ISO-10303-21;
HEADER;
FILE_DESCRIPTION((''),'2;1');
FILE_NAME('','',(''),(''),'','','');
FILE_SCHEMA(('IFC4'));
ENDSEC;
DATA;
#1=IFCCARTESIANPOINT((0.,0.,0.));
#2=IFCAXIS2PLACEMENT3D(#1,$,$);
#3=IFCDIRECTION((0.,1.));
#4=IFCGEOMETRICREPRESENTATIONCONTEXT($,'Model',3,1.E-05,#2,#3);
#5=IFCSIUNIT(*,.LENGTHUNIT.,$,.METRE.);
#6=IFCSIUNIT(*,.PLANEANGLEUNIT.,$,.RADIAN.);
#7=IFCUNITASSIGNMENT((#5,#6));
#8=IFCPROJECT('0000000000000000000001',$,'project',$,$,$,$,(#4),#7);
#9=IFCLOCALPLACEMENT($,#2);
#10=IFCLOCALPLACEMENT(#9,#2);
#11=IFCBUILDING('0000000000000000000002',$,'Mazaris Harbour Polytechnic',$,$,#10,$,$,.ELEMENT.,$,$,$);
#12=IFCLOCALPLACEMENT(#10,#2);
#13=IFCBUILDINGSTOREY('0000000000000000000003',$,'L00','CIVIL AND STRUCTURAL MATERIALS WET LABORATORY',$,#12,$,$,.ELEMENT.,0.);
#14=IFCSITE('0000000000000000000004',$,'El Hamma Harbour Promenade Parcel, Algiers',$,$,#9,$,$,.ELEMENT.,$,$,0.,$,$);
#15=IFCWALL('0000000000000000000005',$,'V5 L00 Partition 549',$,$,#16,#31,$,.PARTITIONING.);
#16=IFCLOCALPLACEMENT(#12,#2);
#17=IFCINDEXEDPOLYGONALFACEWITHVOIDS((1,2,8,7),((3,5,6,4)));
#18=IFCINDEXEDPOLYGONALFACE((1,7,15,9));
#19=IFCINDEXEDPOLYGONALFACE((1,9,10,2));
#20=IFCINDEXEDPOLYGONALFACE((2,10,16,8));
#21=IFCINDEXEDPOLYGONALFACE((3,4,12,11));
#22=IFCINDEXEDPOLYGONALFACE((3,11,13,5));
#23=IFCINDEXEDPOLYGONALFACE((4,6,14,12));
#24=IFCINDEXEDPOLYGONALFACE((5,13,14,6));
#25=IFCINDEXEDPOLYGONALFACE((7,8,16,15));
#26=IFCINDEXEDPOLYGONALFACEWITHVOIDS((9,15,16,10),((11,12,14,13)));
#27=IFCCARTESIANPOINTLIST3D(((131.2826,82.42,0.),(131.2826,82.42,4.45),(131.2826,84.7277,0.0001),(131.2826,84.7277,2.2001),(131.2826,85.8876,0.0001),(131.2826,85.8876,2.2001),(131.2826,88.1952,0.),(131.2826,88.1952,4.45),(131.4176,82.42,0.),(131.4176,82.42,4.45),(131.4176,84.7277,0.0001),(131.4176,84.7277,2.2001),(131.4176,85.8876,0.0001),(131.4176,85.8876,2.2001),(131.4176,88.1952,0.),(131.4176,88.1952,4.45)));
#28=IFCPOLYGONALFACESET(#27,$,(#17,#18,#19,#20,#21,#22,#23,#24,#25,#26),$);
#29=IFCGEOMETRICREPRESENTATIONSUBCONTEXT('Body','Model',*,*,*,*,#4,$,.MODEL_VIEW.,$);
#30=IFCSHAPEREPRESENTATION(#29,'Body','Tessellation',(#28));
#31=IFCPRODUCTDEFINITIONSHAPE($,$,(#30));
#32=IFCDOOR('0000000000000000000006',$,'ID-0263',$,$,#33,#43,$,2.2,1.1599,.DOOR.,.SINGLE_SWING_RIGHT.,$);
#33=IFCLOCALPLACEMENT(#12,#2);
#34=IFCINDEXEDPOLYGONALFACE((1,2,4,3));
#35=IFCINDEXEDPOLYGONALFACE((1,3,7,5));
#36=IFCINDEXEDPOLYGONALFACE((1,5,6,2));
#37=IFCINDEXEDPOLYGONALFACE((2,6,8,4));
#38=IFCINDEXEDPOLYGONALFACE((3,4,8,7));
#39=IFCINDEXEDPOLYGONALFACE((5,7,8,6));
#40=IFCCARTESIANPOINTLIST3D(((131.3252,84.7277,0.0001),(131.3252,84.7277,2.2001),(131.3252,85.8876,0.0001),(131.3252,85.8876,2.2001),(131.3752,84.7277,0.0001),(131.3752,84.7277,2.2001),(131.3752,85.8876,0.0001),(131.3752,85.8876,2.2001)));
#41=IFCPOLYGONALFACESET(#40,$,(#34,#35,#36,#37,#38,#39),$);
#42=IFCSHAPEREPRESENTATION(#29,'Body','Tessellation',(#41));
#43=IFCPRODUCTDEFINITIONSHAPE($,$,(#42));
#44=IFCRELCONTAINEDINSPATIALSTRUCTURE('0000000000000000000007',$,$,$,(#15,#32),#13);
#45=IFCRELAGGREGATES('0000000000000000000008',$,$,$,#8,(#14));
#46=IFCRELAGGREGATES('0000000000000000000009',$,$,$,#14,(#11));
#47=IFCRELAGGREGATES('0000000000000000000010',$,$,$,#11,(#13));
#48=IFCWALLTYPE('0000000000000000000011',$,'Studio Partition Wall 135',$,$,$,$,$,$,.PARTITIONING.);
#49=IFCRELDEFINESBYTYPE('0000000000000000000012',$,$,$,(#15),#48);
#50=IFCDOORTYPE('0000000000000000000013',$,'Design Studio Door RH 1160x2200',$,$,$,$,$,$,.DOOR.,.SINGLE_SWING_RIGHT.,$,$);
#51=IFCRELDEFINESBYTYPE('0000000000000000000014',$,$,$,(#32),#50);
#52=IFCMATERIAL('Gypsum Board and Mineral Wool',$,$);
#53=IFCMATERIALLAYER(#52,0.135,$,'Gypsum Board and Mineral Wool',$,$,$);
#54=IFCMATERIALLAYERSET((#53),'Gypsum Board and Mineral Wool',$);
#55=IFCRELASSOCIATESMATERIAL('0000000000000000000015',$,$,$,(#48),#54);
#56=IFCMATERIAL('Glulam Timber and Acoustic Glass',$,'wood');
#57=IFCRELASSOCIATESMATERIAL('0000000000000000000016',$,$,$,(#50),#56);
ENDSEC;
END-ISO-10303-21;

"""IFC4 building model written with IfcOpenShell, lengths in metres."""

from ifc_helpers import new_model, si_unit, direction, frame, frame_2d, origin, place, context, subcontext, project, spatial, rectangle, extrude, material, layer, layer_set, type_object, element, fill, save


model = new_model("IFC4")

# Units and contexts
model_context = context("Model", 3, precision=1e-05, world=origin(), true_north=direction((0.0, 1.0)))
body_context = subcontext(model_context, "Body", "Model", "MODEL_VIEW")
ifc_project = project(units=[si_unit("LENGTHUNIT", "METRE"), si_unit("PLANEANGLEUNIT", "RADIAN")], contexts=[model_context])

# Site, building, storey
site_placement = place(None, origin())
site = spatial("IfcSite", under=ifc_project, at=site_placement, Name="El Hamma Harbour Promenade Parcel, Algiers", CompositionType="ELEMENT", RefElevation=0.0)
building_placement = place(site_placement, origin())
building = spatial("IfcBuilding", under=site, at=building_placement, Name="Mazaris Harbour Polytechnic", CompositionType="ELEMENT")
storey_placement = place(building_placement, origin())
storey = spatial("IfcBuildingStorey", under=building, at=storey_placement, Name="L00", Description="CIVIL AND STRUCTURAL MATERIALS WET LABORATORY", CompositionType="ELEMENT", Elevation=0.0)

# Wall, opening, door
ifc_material_1 = material(Name="Gypsum Board and Mineral Wool")
ifc_layer_1 = layer(ifc_material_1, 0.135, Name="Gypsum Board and Mineral Wool")
ifc_layer_set_1 = layer_set([ifc_layer_1], Name="Gypsum Board and Mineral Wool")
wall_type_1 = type_object("IfcWallType", Name="Studio Partition Wall 135", PredefinedType="PARTITIONING", material=ifc_layer_set_1)
wall_1_placement = place(storey_placement, frame((131.3501, 82.4199, 0.0), z_axis=(0.0, 0.0, 1.0), x_axis=(0.0, 1.0, 0.0)))
wall_1 = element("IfcWall", 1, at=wall_1_placement, inside=storey, type_object=wall_type_1, Name="V5 L00 Partition 549", PredefinedType="PARTITIONING", context=body_context, shape_type="SweptSolid", body=[
    extrude(rectangle(XDim=5.7751, YDim=0.135, at=frame_2d((2.8877, 0.0))), origin(), (0.0, 0.0, 1.0), 4.45),
])
opening_1_placement = place(wall_1_placement, frame((2.3076, 0.0, 0.0)))
opening_1 = element("IfcOpeningElement", 2, at=opening_1_placement, cuts=wall_1, PredefinedType="OPENING", context=body_context, shape_type="SweptSolid", body=[
    extrude(rectangle(XDim=1.1599, YDim=2.2, at=frame_2d((0.5801, 1.1001))), frame((0.0, 0.0774, 0.0), z_axis=(0.0, -1.0, 0.0), x_axis=(1.0, 0.0, 0.0)), (0.0, 0.0, 1.0), 0.155),
])
ifc_material_2 = material(Name="Glulam Timber and Acoustic Glass", Category="wood")
door_type_1 = type_object("IfcDoorType", Name="Design Studio Door RH 1160x2200", OperationType="SINGLE_SWING_RIGHT", PredefinedType="DOOR", material=ifc_material_2)
door_1_placement = place(opening_1_placement, origin())
door_1 = element("IfcDoor", 3, at=door_1_placement, inside=storey, type_object=door_type_1, Name="ID-0263", OperationType="SINGLE_SWING_RIGHT", OverallHeight=2.2, OverallWidth=1.1599, PredefinedType="DOOR", context=body_context, shape_type="SweptSolid", body=[
    extrude(rectangle(XDim=1.1599, YDim=2.2, at=frame_2d((0.5801, 1.1001))), frame((0.0, 0.0249, 0.0), z_axis=(0.0, -1.0, 0.0), x_axis=(1.0, 0.0, 0.0)), (0.0, 0.0, 1.0), 0.05),
])
fill(opening_1, door_1)

save(model, "model.ifc")
